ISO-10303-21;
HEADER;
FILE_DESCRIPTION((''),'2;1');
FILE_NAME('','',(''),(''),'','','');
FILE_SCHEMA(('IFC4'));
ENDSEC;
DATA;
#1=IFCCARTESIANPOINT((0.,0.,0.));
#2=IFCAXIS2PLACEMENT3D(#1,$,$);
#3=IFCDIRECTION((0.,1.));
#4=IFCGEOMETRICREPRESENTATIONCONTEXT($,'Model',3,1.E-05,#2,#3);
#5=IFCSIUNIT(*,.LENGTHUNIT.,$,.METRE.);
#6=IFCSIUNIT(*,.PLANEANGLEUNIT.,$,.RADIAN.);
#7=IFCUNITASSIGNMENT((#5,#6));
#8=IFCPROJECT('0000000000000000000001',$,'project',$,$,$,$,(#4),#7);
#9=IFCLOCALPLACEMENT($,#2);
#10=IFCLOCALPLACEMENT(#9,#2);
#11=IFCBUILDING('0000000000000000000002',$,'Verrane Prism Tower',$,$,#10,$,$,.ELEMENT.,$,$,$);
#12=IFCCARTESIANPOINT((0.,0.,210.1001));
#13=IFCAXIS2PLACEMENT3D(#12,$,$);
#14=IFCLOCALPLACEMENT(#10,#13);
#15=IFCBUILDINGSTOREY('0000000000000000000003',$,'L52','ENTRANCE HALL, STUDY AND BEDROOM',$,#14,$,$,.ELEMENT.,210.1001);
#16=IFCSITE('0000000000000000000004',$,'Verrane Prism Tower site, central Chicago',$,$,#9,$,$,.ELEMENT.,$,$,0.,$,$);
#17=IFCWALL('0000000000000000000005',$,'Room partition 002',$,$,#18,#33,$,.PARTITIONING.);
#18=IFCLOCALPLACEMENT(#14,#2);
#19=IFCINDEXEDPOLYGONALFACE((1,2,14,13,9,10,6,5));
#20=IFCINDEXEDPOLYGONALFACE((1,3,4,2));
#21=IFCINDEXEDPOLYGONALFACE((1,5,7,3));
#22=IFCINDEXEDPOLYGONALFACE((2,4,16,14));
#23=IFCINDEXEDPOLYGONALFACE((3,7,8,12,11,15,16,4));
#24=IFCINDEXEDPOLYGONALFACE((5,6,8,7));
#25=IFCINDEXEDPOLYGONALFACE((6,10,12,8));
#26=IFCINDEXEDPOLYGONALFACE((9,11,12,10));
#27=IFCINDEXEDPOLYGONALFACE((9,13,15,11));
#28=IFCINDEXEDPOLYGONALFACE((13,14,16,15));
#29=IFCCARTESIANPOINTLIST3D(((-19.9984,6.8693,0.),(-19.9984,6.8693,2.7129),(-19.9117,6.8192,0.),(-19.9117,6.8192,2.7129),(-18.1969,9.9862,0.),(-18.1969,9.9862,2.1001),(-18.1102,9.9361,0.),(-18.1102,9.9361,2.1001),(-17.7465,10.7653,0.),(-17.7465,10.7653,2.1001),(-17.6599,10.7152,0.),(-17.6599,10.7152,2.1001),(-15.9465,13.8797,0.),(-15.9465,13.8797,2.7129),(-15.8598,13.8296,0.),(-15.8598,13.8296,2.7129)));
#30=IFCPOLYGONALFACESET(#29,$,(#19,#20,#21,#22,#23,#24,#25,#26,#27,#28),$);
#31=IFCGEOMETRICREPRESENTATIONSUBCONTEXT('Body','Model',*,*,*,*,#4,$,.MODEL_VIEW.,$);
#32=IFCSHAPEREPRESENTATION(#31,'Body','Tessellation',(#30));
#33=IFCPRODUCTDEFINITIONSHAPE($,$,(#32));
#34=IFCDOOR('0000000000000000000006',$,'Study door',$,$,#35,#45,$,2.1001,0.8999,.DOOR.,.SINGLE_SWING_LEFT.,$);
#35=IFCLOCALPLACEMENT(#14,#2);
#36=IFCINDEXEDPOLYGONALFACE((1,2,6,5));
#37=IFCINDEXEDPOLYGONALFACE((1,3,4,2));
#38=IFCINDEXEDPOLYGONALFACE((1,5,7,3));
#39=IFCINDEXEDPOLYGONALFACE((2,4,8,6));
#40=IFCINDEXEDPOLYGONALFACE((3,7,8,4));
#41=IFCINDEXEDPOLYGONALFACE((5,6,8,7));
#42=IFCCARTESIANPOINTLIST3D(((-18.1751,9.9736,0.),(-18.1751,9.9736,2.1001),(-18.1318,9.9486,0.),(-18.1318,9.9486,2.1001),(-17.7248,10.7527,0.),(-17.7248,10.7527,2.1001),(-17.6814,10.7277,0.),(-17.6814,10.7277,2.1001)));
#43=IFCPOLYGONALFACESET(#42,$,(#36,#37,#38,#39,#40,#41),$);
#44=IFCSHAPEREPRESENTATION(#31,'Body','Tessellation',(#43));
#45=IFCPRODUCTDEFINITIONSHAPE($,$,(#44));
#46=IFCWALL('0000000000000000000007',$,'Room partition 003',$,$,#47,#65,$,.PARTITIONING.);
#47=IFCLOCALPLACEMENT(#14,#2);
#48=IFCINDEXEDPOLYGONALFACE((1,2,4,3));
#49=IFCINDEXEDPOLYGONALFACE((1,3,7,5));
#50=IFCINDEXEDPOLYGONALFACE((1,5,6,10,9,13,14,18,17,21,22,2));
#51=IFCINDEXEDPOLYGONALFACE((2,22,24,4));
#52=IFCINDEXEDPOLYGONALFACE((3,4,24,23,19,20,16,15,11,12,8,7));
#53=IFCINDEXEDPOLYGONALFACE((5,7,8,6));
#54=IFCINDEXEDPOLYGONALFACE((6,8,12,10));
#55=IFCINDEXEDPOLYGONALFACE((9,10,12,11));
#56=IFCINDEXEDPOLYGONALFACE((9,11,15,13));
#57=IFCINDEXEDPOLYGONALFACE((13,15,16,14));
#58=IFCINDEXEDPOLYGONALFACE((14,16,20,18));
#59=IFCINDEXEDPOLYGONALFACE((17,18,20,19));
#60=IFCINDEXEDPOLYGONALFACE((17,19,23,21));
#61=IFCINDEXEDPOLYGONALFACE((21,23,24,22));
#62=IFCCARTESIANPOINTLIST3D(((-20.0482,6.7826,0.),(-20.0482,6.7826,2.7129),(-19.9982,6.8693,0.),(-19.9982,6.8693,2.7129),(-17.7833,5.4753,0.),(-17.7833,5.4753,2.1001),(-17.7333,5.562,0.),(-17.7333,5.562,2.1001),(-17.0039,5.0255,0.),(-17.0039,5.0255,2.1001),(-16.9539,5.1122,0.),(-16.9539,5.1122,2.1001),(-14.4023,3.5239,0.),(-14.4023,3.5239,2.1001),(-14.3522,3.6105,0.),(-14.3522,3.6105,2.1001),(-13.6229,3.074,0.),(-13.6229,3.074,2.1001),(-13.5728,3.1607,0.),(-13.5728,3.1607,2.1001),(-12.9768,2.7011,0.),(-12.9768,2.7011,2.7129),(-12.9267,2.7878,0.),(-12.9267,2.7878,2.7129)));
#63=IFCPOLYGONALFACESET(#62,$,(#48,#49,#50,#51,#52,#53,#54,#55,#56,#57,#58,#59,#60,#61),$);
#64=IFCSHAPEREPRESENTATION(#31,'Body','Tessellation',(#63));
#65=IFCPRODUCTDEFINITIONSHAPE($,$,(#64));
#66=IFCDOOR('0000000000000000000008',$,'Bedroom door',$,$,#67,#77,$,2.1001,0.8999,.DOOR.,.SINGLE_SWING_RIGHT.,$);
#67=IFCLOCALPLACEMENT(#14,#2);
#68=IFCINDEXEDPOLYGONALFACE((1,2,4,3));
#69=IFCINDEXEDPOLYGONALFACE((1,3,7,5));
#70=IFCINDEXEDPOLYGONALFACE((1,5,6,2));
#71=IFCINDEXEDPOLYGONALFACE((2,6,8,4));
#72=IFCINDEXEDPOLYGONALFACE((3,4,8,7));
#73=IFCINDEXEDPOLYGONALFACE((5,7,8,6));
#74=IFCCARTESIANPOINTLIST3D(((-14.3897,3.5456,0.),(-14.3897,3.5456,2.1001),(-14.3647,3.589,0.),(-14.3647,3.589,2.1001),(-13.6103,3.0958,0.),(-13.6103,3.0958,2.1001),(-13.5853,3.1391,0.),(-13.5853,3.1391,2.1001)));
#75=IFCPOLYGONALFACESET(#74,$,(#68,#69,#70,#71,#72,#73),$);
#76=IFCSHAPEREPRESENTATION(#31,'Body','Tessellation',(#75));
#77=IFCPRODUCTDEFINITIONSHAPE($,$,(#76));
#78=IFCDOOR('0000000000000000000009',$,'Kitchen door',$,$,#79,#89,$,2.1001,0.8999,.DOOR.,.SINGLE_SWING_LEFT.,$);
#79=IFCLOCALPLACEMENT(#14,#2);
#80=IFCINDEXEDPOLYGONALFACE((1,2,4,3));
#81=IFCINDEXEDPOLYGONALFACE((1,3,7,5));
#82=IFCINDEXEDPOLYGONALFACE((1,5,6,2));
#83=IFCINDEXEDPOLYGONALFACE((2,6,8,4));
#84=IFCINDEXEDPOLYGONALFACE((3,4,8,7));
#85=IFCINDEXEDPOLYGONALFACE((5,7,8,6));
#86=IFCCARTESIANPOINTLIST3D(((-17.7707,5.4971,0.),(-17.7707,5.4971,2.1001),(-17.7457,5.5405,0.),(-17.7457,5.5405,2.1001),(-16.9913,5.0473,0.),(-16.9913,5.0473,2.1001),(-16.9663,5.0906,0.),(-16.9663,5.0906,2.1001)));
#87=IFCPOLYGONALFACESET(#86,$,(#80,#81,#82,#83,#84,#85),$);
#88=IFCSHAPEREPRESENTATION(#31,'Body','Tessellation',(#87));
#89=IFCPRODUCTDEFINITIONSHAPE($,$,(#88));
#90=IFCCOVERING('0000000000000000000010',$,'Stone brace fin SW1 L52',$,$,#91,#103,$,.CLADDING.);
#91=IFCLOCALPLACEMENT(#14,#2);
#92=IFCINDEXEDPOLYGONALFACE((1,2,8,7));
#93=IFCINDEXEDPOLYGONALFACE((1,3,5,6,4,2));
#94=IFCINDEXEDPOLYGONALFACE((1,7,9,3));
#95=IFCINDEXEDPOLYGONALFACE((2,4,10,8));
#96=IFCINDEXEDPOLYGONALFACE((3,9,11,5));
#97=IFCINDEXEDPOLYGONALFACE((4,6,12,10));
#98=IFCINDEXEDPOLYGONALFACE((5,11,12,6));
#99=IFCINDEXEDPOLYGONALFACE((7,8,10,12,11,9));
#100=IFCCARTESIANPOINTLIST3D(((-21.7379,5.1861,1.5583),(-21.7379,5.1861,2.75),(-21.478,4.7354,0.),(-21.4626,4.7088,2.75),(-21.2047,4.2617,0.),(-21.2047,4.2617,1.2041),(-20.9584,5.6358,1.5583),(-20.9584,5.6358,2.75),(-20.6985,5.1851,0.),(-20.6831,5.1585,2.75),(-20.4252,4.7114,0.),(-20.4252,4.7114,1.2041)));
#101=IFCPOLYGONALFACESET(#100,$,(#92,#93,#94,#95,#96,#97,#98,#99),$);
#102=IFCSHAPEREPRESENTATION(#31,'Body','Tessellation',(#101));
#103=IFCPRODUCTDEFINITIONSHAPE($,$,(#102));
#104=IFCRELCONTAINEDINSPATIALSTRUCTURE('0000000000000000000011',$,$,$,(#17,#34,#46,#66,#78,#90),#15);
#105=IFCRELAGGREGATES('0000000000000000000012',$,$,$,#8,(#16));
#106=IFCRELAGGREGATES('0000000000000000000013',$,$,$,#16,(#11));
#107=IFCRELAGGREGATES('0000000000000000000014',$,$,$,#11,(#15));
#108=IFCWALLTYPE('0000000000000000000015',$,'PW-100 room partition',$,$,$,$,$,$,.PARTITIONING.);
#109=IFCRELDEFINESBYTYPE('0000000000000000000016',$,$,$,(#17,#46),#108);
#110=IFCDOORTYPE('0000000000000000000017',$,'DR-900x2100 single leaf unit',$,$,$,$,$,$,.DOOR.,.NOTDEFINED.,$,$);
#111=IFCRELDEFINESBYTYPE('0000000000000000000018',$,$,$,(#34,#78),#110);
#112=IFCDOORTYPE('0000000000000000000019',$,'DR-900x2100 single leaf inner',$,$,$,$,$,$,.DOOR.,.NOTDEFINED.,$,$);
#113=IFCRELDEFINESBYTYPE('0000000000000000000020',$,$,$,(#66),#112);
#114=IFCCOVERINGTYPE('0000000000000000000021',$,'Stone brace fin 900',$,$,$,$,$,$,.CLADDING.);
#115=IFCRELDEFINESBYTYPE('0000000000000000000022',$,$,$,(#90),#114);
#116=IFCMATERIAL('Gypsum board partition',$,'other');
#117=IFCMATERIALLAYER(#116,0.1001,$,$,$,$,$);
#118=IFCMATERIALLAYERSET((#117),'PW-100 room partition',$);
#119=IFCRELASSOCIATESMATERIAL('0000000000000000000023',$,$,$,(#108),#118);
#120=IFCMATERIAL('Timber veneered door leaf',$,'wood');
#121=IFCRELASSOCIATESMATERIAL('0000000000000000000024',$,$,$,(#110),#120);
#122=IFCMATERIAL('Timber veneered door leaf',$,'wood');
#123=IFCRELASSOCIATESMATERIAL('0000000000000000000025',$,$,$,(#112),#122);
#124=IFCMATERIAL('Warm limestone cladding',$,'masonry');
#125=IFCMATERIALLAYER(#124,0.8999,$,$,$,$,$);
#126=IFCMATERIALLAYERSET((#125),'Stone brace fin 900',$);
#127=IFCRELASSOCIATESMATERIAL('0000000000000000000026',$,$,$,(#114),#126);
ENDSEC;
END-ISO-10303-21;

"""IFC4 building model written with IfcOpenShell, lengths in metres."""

from ifc_helpers import new_model, si_unit, direction, frame, frame_2d, origin, place, context, subcontext, project, spatial, polyline, rectangle, outline, extrude, material, layer, layer_set, type_object, element, fill, save


model = new_model("IFC4")

# Units and contexts
model_context = context("Model", 3, precision=1e-05, world=origin(), true_north=direction((0.0, 1.0)))
body_context = subcontext(model_context, "Body", "Model", "MODEL_VIEW")
ifc_project = project(units=[si_unit("LENGTHUNIT", "METRE"), si_unit("PLANEANGLEUNIT", "RADIAN")], contexts=[model_context])

# Site, building, storey
site_placement = place(None, origin())
site = spatial("IfcSite", under=ifc_project, at=site_placement, Name="Verrane Prism Tower site, central Chicago", CompositionType="ELEMENT", RefElevation=0.0)
building_placement = place(site_placement, origin())
building = spatial("IfcBuilding", under=site, at=building_placement, Name="Verrane Prism Tower", CompositionType="ELEMENT")
storey_placement = place(building_placement, frame((0.0, 0.0, 210.1001)))
storey = spatial("IfcBuildingStorey", under=building, at=storey_placement, Name="L52", Description="ENTRANCE HALL, STUDY AND BEDROOM", CompositionType="ELEMENT", Elevation=210.1001)

# Shared definitions
ifc_material_1 = material(Name="Gypsum board partition", Category="other")
ifc_layer_1 = layer(ifc_material_1, 0.1001)
ifc_layer_set_1 = layer_set([ifc_layer_1], Name="PW-100 room partition")
wall_type_1 = type_object("IfcWallType", Name="PW-100 room partition", PredefinedType="PARTITIONING", material=ifc_layer_set_1)

# Wall, opening, door
wall_1_placement = place(storey_placement, frame((-19.9551, 6.8442, 0.0), z_axis=(0.0, 0.0, 1.0), x_axis=(0.500416, 0.865785, 0.0)))
wall_1 = element("IfcWall", 1, at=wall_1_placement, inside=storey, type_object=wall_type_1, Name="Room partition 002", PredefinedType="PARTITIONING", context=body_context, shape_type="SweptSolid", body=[
    extrude(rectangle(XDim=8.0972, YDim=0.1001, at=frame_2d((4.0486, 0.0))), origin(), (0.0, 0.0, 1.0), 2.7129),
])
opening_1_placement = place(wall_1_placement, frame((3.6001, 0.0, 0.0)))
opening_1 = element("IfcOpeningElement", 2, at=opening_1_placement, cuts=wall_1, PredefinedType="OPENING", context=body_context, shape_type="SweptSolid", body=[
    extrude(rectangle(XDim=0.8999, YDim=2.1001, at=frame_2d((0.45, 1.05))), frame((0.0, 0.0601, 0.0), z_axis=(0.0, -1.0, 0.0), x_axis=(1.0, 0.0, 0.0)), (0.0, 0.0, 1.0), 0.1201),
])
ifc_material_2 = material(Name="Timber veneered door leaf", Category="wood")
door_type_1 = type_object("IfcDoorType", Name="DR-900x2100 single leaf unit", OperationType="NOTDEFINED", PredefinedType="DOOR", material=ifc_material_2)
door_1_placement = place(opening_1_placement, origin())
door_1 = element("IfcDoor", 3, at=door_1_placement, inside=storey, type_object=door_type_1, Name="Study door", OperationType="SINGLE_SWING_LEFT", OverallHeight=2.1001, OverallWidth=0.8999, PredefinedType="DOOR", context=body_context, shape_type="SweptSolid", body=[
    extrude(rectangle(XDim=0.8999, YDim=2.1001, at=frame_2d((0.45, 1.05))), frame((0.0, 0.0249, 0.0), z_axis=(0.0, -1.0, 0.0), x_axis=(1.0, 0.0, 0.0)), (0.0, 0.0, 1.0), 0.05),
])
fill(opening_1, door_1)

# Wall, openings, doors
wall_2_placement = place(storey_placement, frame((-12.9517, 2.7444, 0.0), z_axis=(0.0, 0.0, 1.0), x_axis=(-0.866089, 0.499889, 0.0)))
wall_2 = element("IfcWall", 4, at=wall_2_placement, inside=storey, type_object=wall_type_1, Name="Room partition 003", PredefinedType="PARTITIONING", context=body_context, shape_type="SweptSolid", body=[
    extrude(rectangle(XDim=8.1648, YDim=0.1001, at=frame_2d((4.0825, 0.0))), origin(), (0.0, 0.0, 1.0), 2.7129),
])
opening_2_placement = place(wall_2_placement, frame((4.6499, 0.0, 0.0)))
opening_2 = element("IfcOpeningElement", 5, at=opening_2_placement, cuts=wall_2, PredefinedType="OPENING", context=body_context, shape_type="SweptSolid", body=[
    extrude(rectangle(XDim=0.8999, YDim=2.1001, at=frame_2d((0.45, 1.05))), frame((0.0, 0.0601, 0.0), z_axis=(0.0, -1.0, 0.0), x_axis=(1.0, 0.0, 0.0)), (0.0, 0.0, 1.0), 0.1201),
])
opening_3_placement = place(wall_2_placement, frame((0.7461, 0.0, 0.0)))
opening_3 = element("IfcOpeningElement", 6, at=opening_3_placement, cuts=wall_2, PredefinedType="OPENING", context=body_context, shape_type="SweptSolid", body=[
    extrude(rectangle(XDim=0.8999, YDim=2.1001, at=frame_2d((0.45, 1.05))), frame((0.0, 0.0601, 0.0), z_axis=(0.0, -1.0, 0.0), x_axis=(1.0, 0.0, 0.0)), (0.0, 0.0, 1.0), 0.1201),
])
ifc_material_3 = material(Name="Timber veneered door leaf", Category="wood")
door_type_2 = type_object("IfcDoorType", Name="DR-900x2100 single leaf inner", OperationType="NOTDEFINED", PredefinedType="DOOR", material=ifc_material_3)
door_2_placement = place(opening_3_placement, origin())
door_2 = element("IfcDoor", 7, at=door_2_placement, inside=storey, type_object=door_type_2, Name="Bedroom door", OperationType="SINGLE_SWING_RIGHT", OverallHeight=2.1001, OverallWidth=0.8999, PredefinedType="DOOR", context=body_context, shape_type="SweptSolid", body=[
    extrude(rectangle(XDim=0.8999, YDim=2.1001, at=frame_2d((0.45, 1.05))), frame((0.0, 0.0249, 0.0), z_axis=(0.0, -1.0, 0.0), x_axis=(1.0, 0.0, 0.0)), (0.0, 0.0, 1.0), 0.05),
])
fill(opening_3, door_2)
door_3_placement = place(opening_2_placement, origin())
door_3 = element("IfcDoor", 8, at=door_3_placement, inside=storey, type_object=door_type_1, Name="Kitchen door", OperationType="SINGLE_SWING_LEFT", OverallHeight=2.1001, OverallWidth=0.8999, PredefinedType="DOOR", context=body_context, shape_type="SweptSolid", body=[
    extrude(rectangle(XDim=0.8999, YDim=2.1001, at=frame_2d((0.45, 1.05))), frame((0.0, 0.0249, 0.0), z_axis=(0.0, -1.0, 0.0), x_axis=(1.0, 0.0, 0.0)), (0.0, 0.0, 1.0), 0.05),
])
fill(opening_2, door_3)

# Covering
ifc_material_4 = material(Name="Warm limestone cladding", Category="masonry")
ifc_layer_2 = layer(ifc_material_4, 0.8999)
ifc_layer_set_2 = layer_set([ifc_layer_2], Name="Stone brace fin 900")
covering_type = type_object("IfcCoveringType", Name="Stone brace fin 900", PredefinedType="CLADDING", material=ifc_layer_set_2)
covering_placement = place(storey_placement, frame((-20.8149, 4.4866, 0.0), z_axis=(0.0, 0.0, 1.0), x_axis=(-0.499683, 0.866208, 0.0)))
element("IfcCovering", 9, at=covering_placement, inside=storey, type_object=covering_type, Name="Stone brace fin SW1 L52", PredefinedType="CLADDING", context=body_context, shape_type="SweptSolid", body=[
    extrude(outline(polyline([(1.0671, 2.75), (0.5161, 2.75), (0.0, 1.2041), (0.0, 0.0), (0.5469, 0.0), (1.0671, 1.5583), (1.0671, 2.75)])), frame((0.0, 0.45, 0.0), z_axis=(0.0, -1.0, 0.0), x_axis=(1.0, 0.0, 0.0)), (0.0, 0.0, 1.0), 0.8999),
])

save(model, "model.ifc")
